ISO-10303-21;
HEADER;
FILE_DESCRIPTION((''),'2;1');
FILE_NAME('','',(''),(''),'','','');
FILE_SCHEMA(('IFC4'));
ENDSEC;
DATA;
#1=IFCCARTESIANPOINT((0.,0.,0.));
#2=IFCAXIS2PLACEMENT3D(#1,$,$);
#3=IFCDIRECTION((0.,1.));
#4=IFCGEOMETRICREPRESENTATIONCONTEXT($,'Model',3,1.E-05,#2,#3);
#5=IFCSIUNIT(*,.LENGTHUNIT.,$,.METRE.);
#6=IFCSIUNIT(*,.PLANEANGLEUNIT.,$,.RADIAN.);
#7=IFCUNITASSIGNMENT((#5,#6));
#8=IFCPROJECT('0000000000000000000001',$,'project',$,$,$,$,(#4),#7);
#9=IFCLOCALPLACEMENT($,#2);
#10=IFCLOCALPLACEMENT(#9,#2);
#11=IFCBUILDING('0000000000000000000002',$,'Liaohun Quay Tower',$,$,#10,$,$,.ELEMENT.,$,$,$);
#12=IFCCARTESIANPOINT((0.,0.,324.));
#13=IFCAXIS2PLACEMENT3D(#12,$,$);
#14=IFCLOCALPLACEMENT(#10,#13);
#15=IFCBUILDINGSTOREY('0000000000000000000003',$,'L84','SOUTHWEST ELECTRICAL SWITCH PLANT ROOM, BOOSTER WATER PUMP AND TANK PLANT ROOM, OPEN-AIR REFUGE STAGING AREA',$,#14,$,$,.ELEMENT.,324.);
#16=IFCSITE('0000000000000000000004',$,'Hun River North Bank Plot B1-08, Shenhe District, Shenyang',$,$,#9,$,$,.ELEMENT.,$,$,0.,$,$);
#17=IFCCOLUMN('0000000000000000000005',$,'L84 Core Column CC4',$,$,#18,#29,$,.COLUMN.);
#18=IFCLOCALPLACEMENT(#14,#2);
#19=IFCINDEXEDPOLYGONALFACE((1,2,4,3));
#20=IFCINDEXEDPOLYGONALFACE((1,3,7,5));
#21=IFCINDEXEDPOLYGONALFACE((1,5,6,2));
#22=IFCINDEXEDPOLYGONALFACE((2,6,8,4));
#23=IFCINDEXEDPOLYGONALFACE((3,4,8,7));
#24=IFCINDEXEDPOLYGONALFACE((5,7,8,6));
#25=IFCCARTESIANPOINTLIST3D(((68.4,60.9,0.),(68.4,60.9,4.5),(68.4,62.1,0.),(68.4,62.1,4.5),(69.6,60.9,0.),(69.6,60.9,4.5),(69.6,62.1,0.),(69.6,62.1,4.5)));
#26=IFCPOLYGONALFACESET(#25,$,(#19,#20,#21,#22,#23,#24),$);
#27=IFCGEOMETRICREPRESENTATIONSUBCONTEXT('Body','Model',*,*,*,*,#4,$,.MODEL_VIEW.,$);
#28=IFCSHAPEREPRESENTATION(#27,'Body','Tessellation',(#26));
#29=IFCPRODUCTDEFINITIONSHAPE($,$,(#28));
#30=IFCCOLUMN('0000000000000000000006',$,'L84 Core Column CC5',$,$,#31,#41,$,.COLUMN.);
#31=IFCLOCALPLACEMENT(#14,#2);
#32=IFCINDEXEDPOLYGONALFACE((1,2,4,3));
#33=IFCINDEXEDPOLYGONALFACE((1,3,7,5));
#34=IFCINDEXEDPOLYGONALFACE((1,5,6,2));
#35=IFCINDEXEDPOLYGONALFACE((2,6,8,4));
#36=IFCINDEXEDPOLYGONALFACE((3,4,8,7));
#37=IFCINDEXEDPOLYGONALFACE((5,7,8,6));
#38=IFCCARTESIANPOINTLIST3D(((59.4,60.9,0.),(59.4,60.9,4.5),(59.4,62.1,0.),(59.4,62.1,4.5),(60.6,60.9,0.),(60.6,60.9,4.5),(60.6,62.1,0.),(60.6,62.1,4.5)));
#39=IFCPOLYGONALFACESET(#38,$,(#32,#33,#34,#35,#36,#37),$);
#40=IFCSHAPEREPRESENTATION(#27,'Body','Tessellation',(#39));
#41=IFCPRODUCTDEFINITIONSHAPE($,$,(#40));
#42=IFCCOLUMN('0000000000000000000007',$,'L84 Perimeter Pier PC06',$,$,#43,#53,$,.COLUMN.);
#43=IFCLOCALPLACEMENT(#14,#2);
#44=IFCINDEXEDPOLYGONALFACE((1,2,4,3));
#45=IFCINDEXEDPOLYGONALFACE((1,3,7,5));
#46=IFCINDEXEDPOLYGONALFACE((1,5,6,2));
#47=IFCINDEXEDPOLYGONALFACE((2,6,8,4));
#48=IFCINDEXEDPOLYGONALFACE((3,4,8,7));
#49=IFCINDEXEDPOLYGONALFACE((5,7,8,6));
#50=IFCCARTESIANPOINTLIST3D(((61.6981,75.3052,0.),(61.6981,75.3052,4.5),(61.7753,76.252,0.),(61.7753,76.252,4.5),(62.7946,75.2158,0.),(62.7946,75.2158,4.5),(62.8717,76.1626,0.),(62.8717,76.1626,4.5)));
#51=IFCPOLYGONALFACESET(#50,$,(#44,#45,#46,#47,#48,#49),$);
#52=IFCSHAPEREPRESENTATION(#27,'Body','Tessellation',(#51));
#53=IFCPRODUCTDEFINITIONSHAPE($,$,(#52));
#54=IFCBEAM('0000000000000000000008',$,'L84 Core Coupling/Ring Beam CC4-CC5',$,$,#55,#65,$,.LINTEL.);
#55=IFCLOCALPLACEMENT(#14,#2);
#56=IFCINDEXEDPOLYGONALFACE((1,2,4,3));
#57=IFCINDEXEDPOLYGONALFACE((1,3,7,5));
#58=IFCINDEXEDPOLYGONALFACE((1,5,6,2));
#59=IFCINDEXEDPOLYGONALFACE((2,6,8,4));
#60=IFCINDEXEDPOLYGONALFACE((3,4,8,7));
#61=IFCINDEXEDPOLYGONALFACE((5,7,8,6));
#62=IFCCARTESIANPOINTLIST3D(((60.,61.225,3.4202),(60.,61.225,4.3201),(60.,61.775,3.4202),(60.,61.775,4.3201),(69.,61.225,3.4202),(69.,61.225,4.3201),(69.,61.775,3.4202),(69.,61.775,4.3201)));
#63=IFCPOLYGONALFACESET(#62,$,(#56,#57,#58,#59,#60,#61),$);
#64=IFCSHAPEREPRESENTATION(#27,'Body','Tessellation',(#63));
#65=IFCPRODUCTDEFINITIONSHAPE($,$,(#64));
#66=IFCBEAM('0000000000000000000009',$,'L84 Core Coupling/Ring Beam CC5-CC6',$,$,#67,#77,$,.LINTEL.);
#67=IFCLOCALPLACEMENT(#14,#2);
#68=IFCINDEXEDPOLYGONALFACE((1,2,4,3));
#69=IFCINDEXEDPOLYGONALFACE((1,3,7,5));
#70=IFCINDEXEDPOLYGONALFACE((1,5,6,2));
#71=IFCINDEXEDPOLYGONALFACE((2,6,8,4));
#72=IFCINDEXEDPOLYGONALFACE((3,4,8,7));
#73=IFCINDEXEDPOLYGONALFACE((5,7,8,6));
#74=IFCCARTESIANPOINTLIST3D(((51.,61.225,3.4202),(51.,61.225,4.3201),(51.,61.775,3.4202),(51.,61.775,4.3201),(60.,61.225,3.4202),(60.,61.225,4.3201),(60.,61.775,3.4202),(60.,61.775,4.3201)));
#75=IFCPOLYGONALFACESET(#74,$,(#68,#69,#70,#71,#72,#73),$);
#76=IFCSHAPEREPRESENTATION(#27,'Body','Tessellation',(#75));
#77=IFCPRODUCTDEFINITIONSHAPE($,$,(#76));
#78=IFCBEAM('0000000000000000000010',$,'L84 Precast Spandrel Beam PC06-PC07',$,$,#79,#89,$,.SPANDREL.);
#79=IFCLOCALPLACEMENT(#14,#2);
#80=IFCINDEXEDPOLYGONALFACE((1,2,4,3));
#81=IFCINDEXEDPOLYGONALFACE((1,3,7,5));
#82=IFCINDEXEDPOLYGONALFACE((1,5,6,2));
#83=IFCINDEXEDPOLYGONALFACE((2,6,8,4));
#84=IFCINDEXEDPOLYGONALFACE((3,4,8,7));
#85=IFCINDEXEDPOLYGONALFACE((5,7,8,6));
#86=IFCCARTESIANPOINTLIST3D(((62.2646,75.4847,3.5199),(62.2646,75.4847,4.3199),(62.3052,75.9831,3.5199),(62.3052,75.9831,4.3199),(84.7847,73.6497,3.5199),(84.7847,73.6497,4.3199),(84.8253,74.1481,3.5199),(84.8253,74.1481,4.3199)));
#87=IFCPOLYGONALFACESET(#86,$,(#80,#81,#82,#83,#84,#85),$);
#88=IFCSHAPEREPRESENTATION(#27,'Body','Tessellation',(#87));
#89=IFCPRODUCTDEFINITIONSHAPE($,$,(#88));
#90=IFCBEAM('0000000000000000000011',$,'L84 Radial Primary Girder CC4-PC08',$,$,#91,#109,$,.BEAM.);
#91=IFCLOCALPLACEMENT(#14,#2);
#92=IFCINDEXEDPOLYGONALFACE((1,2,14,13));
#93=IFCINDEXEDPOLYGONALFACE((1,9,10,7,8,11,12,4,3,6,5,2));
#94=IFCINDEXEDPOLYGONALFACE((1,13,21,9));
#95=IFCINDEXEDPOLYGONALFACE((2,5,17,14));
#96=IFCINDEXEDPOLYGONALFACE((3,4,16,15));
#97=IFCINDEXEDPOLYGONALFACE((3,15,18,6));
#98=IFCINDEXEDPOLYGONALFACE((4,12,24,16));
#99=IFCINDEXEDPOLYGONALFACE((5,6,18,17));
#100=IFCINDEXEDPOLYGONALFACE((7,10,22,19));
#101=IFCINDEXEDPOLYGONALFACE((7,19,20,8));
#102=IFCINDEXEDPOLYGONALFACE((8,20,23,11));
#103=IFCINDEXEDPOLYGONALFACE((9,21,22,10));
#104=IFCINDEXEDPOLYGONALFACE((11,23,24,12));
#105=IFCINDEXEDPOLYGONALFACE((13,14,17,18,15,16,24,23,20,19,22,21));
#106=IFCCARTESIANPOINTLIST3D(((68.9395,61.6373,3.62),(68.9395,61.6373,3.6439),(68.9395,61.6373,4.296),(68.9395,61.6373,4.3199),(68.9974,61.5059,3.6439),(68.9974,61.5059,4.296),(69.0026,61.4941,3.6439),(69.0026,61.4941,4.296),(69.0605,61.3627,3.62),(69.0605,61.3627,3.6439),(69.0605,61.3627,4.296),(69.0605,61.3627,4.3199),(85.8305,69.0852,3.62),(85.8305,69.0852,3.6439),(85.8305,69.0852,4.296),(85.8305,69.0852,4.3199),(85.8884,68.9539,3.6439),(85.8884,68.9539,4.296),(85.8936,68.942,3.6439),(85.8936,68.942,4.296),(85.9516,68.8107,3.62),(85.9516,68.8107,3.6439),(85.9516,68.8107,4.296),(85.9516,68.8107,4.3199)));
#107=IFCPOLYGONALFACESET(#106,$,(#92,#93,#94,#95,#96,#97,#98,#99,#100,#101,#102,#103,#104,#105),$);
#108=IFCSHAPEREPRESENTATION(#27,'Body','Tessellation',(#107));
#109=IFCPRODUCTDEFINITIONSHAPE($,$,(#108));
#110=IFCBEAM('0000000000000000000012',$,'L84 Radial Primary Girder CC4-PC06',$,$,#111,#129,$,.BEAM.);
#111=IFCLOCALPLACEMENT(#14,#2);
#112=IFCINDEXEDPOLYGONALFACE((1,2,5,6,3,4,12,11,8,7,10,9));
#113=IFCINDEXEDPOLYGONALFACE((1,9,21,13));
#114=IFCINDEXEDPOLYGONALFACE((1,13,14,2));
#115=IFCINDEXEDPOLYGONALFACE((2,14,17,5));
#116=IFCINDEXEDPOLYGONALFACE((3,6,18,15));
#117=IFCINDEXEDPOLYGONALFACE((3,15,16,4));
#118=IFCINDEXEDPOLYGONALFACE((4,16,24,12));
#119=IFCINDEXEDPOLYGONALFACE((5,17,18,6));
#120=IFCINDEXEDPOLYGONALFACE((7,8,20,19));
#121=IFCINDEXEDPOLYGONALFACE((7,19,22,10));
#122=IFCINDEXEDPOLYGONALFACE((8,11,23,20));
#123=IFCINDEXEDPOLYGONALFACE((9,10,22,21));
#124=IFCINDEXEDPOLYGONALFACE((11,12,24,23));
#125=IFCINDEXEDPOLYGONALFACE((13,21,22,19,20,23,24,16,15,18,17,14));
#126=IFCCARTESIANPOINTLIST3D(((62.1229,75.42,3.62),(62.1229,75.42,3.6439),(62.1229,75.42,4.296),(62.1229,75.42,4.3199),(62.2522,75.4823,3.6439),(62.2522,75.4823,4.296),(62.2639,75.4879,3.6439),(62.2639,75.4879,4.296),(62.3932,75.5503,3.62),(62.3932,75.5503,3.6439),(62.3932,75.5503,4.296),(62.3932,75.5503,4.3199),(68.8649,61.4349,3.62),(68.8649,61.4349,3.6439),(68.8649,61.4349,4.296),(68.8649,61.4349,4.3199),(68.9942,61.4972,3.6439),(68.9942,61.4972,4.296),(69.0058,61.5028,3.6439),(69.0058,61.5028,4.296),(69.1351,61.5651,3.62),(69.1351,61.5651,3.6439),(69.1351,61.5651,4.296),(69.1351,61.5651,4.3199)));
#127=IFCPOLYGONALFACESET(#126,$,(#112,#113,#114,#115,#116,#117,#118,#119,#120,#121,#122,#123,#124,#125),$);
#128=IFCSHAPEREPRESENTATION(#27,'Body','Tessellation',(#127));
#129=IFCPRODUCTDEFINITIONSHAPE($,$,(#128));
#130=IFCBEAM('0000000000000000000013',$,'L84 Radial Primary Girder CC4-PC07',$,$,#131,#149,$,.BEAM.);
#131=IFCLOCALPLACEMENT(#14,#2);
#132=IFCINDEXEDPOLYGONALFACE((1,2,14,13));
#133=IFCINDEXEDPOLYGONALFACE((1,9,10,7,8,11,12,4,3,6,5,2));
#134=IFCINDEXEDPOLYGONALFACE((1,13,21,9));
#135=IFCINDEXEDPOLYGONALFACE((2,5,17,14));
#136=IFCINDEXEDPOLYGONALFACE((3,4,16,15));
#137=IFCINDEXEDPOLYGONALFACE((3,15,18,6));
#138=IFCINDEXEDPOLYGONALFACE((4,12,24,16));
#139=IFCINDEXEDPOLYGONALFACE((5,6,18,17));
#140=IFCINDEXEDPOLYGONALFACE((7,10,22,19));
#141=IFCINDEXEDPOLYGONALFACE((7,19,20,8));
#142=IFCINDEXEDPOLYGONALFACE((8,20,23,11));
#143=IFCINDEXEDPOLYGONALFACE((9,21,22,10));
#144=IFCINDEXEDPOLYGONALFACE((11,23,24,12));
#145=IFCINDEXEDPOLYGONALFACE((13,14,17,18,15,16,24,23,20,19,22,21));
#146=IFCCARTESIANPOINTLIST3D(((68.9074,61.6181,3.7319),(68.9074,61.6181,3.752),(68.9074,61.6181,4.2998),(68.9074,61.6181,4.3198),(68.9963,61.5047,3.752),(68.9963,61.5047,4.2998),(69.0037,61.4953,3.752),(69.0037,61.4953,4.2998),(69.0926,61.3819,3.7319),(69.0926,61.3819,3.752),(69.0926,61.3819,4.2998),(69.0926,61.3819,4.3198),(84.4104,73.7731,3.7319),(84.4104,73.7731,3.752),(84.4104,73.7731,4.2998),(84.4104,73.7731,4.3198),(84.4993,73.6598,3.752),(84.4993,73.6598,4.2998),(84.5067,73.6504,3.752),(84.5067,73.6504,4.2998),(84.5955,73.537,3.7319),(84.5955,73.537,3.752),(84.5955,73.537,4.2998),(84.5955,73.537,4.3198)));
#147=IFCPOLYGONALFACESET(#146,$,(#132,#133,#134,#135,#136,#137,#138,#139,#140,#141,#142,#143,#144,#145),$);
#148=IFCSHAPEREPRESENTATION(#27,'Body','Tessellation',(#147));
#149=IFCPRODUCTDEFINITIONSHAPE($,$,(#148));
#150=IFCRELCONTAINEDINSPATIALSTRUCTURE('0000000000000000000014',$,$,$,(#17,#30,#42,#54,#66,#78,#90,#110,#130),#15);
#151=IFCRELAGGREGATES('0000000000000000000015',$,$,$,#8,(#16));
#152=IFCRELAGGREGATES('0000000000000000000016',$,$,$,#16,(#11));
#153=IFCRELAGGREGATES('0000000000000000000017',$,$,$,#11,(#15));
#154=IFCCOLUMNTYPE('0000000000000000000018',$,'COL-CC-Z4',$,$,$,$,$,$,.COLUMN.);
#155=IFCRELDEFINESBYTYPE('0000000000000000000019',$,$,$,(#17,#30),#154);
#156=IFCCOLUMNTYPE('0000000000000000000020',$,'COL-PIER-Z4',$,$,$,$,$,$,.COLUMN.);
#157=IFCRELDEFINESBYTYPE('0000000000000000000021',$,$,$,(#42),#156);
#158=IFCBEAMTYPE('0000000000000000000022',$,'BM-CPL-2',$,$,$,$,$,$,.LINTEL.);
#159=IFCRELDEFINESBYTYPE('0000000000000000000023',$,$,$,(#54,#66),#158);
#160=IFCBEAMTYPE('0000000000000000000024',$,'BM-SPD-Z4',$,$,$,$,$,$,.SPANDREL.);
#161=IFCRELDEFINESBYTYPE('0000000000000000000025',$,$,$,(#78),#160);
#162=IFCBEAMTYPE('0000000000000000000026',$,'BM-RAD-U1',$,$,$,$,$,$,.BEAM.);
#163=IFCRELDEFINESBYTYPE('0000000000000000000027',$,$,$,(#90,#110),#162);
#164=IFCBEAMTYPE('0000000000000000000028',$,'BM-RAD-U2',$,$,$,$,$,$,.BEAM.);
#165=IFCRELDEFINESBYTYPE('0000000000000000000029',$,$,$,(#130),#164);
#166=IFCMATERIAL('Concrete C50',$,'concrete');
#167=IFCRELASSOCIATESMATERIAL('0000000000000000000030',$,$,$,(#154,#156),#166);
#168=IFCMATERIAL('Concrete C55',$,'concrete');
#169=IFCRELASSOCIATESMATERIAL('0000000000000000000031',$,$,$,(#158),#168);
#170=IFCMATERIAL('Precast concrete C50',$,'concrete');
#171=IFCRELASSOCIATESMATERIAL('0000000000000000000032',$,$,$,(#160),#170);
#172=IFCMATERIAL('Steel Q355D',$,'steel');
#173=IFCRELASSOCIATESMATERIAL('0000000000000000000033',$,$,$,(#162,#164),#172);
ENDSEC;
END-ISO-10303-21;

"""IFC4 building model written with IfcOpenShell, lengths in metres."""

from ifc_helpers import new_model, si_unit, direction, frame, origin, origin_2d, place, context, subcontext, project, spatial, rectangle, i_section, extrude, source, transform, mapped, material, material_profile, profile_set, type_object, element, save


model = new_model("IFC4")

# Units and contexts
model_context = context("Model", 3, precision=1e-05, world=origin(), true_north=direction((0.0, 1.0)))
body_context = subcontext(model_context, "Body", "Model", "MODEL_VIEW")
ifc_project = project(units=[si_unit("LENGTHUNIT", "METRE"), si_unit("PLANEANGLEUNIT", "RADIAN")], contexts=[model_context])

# Site, building, storey
site_placement = place(None, origin())
site = spatial("IfcSite", under=ifc_project, at=site_placement, Name="Hun River North Bank Plot B1-08, Shenhe District, Shenyang", CompositionType="ELEMENT", RefElevation=0.0)
building_placement = place(site_placement, origin())
building = spatial("IfcBuilding", under=site, at=building_placement, Name="Liaohun Quay Tower", CompositionType="ELEMENT")
storey_placement = place(building_placement, frame((0.0, 0.0, 324.0)))
storey = spatial("IfcBuildingStorey", under=building, at=storey_placement, Name="L84", Description="SOUTHWEST ELECTRICAL SWITCH PLANT ROOM, BOOSTER WATER PUMP AND TANK PLANT ROOM, OPEN-AIR REFUGE STAGING AREA", CompositionType="ELEMENT", Elevation=324.0)

# Columns
ifc_material_1 = material(Name="Concrete C50", Category="concrete")
ifc_material_profile_1 = material_profile(ifc_material_1, rectangle(XDim=1.2, YDim=1.2, at=origin_2d()), Name="RC1200x1200")
ifc_profile_set_1 = profile_set([ifc_material_profile_1], Name="Concrete C50")
column_type_1 = type_object("IfcColumnType", Name="COL-CC-Z4", PredefinedType="COLUMN", material=ifc_profile_set_1)
shared_shape_1 = source(origin(), body_context, "Body", "SweptSolid", [
    extrude(rectangle(XDim=1.2, YDim=1.2, at=origin_2d()), origin(), (0.0, 0.0, 1.0), 4.5),
])
for number, where, z_axis, x_axis, name in (
    (1, (69.0, 61.5, 0.0), (0.0, 0.0, 1.0), (1.0, 0.0, 0.0), "L84 Core Column CC4"),
    (2, (60.0, 61.5, 0.0), (0.0, 0.0, 1.0), (1.0, 0.0, 0.0), "L84 Core Column CC5"),
):
    element("IfcColumn", number, at=place(storey_placement, frame(where, z_axis=z_axis, x_axis=x_axis)), inside=storey, type_object=column_type_1, Name=name, PredefinedType="COLUMN", context=body_context, shape_type="MappedRepresentation", body=[
        mapped(shared_shape_1, transform((0.0, 0.0, 0.0), x_axis=(1.0, 0.0, 0.0), y_axis=(0.0, 1.0, 0.0), z_axis=(0.0, 0.0, 1.0), scale=1.0)),
    ])
ifc_material_profile_2 = material_profile(ifc_material_1, rectangle(XDim=1.1001, YDim=0.95, at=origin_2d()), Name="RC1100x950")
ifc_profile_set_2 = profile_set([ifc_material_profile_2], Name="Concrete C50")
column_type_2 = type_object("IfcColumnType", Name="COL-PIER-Z4", PredefinedType="COLUMN", material=ifc_profile_set_2)
shared_shape_2 = source(origin(), body_context, "Body", "SweptSolid", [
    extrude(rectangle(XDim=1.1001, YDim=0.95, at=origin_2d()), origin(), (0.0, 0.0, 1.0), 4.5),
])
column_placement = place(storey_placement, frame((62.2849, 75.7339, 0.0), z_axis=(0.0, 0.0, 1.0), x_axis=(-0.996694, 0.081243, 0.0)))
element("IfcColumn", 3, at=column_placement, inside=storey, type_object=column_type_2, Name="L84 Perimeter Pier PC06", PredefinedType="COLUMN", context=body_context, shape_type="MappedRepresentation", body=[
    mapped(shared_shape_2, transform((0.0, 0.0, 0.0), x_axis=(1.0, 0.0, 0.0), y_axis=(0.0, 1.0, 0.0), z_axis=(0.0, 0.0, 1.0), scale=1.0)),
])

# Beams
ifc_material_2 = material(Name="Concrete C55", Category="concrete")
ifc_material_profile_3 = material_profile(ifc_material_2, rectangle(XDim=0.55, YDim=0.8999, at=origin_2d()), Name="RC550x900")
ifc_profile_set_3 = profile_set([ifc_material_profile_3], Name="Concrete C55")
beam_type_1 = type_object("IfcBeamType", Name="BM-CPL-2", PredefinedType="LINTEL", material=ifc_profile_set_3)
shared_shape_3 = source(origin(), body_context, "Body", "SweptSolid", [
    extrude(rectangle(XDim=0.55, YDim=0.8999, at=origin_2d()), origin(), (0.0, 0.0, 1.0), 9.0),
])
for number, where, z_axis, x_axis, name in (
    (4, (69.0, 61.5, 3.8701), (-1.0, 0.0, 0.0), (0.0, -1.0, 0.0), "L84 Core Coupling/Ring Beam CC4-CC5"),
    (5, (60.0, 61.5, 3.8701), (-1.0, 0.0, 0.0), (0.0, -1.0, 0.0), "L84 Core Coupling/Ring Beam CC5-CC6"),
):
    element("IfcBeam", number, at=place(storey_placement, frame(where, z_axis=z_axis, x_axis=x_axis)), inside=storey, type_object=beam_type_1, Name=name, PredefinedType="LINTEL", context=body_context, shape_type="MappedRepresentation", body=[
        mapped(shared_shape_3, transform((0.0, 0.0, 0.0), x_axis=(1.0, 0.0, 0.0), y_axis=(0.0, 1.0, 0.0), z_axis=(0.0, 0.0, 1.0), scale=1.0)),
    ])
ifc_material_3 = material(Name="Precast concrete C50", Category="concrete")
ifc_material_profile_4 = material_profile(ifc_material_3, rectangle(XDim=0.5, YDim=0.8, at=origin_2d()), Name="RC500x800")
ifc_profile_set_4 = profile_set([ifc_material_profile_4], Name="Precast concrete C50")
beam_type_2 = type_object("IfcBeamType", Name="BM-SPD-Z4", PredefinedType="SPANDREL", material=ifc_profile_set_4)
shared_shape_4 = source(origin(), body_context, "Body", "SweptSolid", [
    extrude(rectangle(XDim=0.5, YDim=0.8, at=origin_2d()), origin(), (0.0, 0.0, 1.0), 22.5947),
])
beam_1_placement = place(storey_placement, frame((62.2849, 75.7339, 3.9199), z_axis=(0.996697, -0.081212, 0.0), x_axis=(0.081212, 0.996697, 0.0)))
element("IfcBeam", 6, at=beam_1_placement, inside=storey, type_object=beam_type_2, Name="L84 Precast Spandrel Beam PC06-PC07", PredefinedType="SPANDREL", context=body_context, shape_type="MappedRepresentation", body=[
    mapped(shared_shape_4, transform((0.0, 0.0, 0.0), x_axis=(1.0, 0.0, 0.0), y_axis=(0.0, 1.0, 0.0), z_axis=(0.0, 0.0, 1.0), scale=1.0)),
])
ifc_material_4 = material(Name="Steel Q355D", Category="steel")
ifc_material_profile_5 = material_profile(ifc_material_4, i_section(OverallWidth=0.3, OverallDepth=0.7, WebThickness=0.0129, FlangeThickness=0.0239, at=origin_2d()), Name="HN700x300x13x24")
ifc_profile_set_5 = profile_set([ifc_material_profile_5], Name="Steel Q355D")
beam_type_3 = type_object("IfcBeamType", Name="BM-RAD-U1", PredefinedType="BEAM", material=ifc_profile_set_5)
shared_shape_5 = source(origin(), body_context, "Body", "SweptSolid", [
    extrude(i_section(OverallWidth=0.3, OverallDepth=0.7, WebThickness=0.0129, FlangeThickness=0.0239, at=origin_2d()), origin(), (0.0, 0.0, 1.0), 18.4602),
])
beam_2_placement = place(storey_placement, frame((69.0, 61.5, 3.97), z_axis=(0.914997, 0.40346, 0.0), x_axis=(-0.40346, 0.914997, 0.0)))
element("IfcBeam", 7, at=beam_2_placement, inside=storey, type_object=beam_type_3, Name="L84 Radial Primary Girder CC4-PC08", PredefinedType="BEAM", context=body_context, shape_type="MappedRepresentation", body=[
    mapped(shared_shape_5, transform((0.0, 0.0, 0.0), x_axis=(1.0, 0.0, 0.0), y_axis=(0.0, 1.0, 0.0), z_axis=(0.0, 0.0, 1.0), scale=1.0)),
])
shared_shape_6 = source(origin(), body_context, "Body", "SweptSolid", [
    extrude(i_section(OverallWidth=0.3, OverallDepth=0.7, WebThickness=0.0129, FlangeThickness=0.0239, at=origin_2d()), origin(), (0.0, 0.0, 1.0), 15.5254),
])
beam_3_placement = place(storey_placement, frame((69.0, 61.5, 3.97), z_axis=(-0.434253, 0.900791, 0.0), x_axis=(-0.900791, -0.434253, 0.0)))
element("IfcBeam", 8, at=beam_3_placement, inside=storey, type_object=beam_type_3, Name="L84 Radial Primary Girder CC4-PC06", PredefinedType="BEAM", context=body_context, shape_type="MappedRepresentation", body=[
    mapped(shared_shape_6, transform((0.0, 0.0, 0.0), x_axis=(1.0, 0.0, 0.0), y_axis=(0.0, 1.0, 0.0), z_axis=(0.0, 0.0, 1.0), scale=1.0)),
])
ifc_material_profile_6 = material_profile(ifc_material_4, i_section(OverallWidth=0.3, OverallDepth=0.5879, WebThickness=0.012, FlangeThickness=0.02, at=origin_2d()), Name="HM588x300x12x20")
ifc_profile_set_6 = profile_set([ifc_material_profile_6], Name="Steel Q355D")
beam_type_4 = type_object("IfcBeamType", Name="BM-RAD-U2", PredefinedType="BEAM", material=ifc_profile_set_6)
shared_shape_7 = source(origin(), body_context, "Body", "SweptSolid", [
    extrude(i_section(OverallWidth=0.3, OverallDepth=0.5879, WebThickness=0.012, FlangeThickness=0.02, at=origin_2d()), origin(), (0.0, 0.0, 1.0), 19.7),
])
beam_4_placement = place(storey_placement, frame((69.0, 61.5, 4.0259), z_axis=(0.786955, 0.61701, 0.0), x_axis=(-0.61701, 0.786955, 0.0)))
element("IfcBeam", 9, at=beam_4_placement, inside=storey, type_object=beam_type_4, Name="L84 Radial Primary Girder CC4-PC07", PredefinedType="BEAM", context=body_context, shape_type="MappedRepresentation", body=[
    mapped(shared_shape_7, transform((0.0, 0.0, 0.0), x_axis=(1.0, 0.0, 0.0), y_axis=(0.0, 1.0, 0.0), z_axis=(0.0, 0.0, 1.0), scale=1.0)),
])

save(model, "model.ifc")
